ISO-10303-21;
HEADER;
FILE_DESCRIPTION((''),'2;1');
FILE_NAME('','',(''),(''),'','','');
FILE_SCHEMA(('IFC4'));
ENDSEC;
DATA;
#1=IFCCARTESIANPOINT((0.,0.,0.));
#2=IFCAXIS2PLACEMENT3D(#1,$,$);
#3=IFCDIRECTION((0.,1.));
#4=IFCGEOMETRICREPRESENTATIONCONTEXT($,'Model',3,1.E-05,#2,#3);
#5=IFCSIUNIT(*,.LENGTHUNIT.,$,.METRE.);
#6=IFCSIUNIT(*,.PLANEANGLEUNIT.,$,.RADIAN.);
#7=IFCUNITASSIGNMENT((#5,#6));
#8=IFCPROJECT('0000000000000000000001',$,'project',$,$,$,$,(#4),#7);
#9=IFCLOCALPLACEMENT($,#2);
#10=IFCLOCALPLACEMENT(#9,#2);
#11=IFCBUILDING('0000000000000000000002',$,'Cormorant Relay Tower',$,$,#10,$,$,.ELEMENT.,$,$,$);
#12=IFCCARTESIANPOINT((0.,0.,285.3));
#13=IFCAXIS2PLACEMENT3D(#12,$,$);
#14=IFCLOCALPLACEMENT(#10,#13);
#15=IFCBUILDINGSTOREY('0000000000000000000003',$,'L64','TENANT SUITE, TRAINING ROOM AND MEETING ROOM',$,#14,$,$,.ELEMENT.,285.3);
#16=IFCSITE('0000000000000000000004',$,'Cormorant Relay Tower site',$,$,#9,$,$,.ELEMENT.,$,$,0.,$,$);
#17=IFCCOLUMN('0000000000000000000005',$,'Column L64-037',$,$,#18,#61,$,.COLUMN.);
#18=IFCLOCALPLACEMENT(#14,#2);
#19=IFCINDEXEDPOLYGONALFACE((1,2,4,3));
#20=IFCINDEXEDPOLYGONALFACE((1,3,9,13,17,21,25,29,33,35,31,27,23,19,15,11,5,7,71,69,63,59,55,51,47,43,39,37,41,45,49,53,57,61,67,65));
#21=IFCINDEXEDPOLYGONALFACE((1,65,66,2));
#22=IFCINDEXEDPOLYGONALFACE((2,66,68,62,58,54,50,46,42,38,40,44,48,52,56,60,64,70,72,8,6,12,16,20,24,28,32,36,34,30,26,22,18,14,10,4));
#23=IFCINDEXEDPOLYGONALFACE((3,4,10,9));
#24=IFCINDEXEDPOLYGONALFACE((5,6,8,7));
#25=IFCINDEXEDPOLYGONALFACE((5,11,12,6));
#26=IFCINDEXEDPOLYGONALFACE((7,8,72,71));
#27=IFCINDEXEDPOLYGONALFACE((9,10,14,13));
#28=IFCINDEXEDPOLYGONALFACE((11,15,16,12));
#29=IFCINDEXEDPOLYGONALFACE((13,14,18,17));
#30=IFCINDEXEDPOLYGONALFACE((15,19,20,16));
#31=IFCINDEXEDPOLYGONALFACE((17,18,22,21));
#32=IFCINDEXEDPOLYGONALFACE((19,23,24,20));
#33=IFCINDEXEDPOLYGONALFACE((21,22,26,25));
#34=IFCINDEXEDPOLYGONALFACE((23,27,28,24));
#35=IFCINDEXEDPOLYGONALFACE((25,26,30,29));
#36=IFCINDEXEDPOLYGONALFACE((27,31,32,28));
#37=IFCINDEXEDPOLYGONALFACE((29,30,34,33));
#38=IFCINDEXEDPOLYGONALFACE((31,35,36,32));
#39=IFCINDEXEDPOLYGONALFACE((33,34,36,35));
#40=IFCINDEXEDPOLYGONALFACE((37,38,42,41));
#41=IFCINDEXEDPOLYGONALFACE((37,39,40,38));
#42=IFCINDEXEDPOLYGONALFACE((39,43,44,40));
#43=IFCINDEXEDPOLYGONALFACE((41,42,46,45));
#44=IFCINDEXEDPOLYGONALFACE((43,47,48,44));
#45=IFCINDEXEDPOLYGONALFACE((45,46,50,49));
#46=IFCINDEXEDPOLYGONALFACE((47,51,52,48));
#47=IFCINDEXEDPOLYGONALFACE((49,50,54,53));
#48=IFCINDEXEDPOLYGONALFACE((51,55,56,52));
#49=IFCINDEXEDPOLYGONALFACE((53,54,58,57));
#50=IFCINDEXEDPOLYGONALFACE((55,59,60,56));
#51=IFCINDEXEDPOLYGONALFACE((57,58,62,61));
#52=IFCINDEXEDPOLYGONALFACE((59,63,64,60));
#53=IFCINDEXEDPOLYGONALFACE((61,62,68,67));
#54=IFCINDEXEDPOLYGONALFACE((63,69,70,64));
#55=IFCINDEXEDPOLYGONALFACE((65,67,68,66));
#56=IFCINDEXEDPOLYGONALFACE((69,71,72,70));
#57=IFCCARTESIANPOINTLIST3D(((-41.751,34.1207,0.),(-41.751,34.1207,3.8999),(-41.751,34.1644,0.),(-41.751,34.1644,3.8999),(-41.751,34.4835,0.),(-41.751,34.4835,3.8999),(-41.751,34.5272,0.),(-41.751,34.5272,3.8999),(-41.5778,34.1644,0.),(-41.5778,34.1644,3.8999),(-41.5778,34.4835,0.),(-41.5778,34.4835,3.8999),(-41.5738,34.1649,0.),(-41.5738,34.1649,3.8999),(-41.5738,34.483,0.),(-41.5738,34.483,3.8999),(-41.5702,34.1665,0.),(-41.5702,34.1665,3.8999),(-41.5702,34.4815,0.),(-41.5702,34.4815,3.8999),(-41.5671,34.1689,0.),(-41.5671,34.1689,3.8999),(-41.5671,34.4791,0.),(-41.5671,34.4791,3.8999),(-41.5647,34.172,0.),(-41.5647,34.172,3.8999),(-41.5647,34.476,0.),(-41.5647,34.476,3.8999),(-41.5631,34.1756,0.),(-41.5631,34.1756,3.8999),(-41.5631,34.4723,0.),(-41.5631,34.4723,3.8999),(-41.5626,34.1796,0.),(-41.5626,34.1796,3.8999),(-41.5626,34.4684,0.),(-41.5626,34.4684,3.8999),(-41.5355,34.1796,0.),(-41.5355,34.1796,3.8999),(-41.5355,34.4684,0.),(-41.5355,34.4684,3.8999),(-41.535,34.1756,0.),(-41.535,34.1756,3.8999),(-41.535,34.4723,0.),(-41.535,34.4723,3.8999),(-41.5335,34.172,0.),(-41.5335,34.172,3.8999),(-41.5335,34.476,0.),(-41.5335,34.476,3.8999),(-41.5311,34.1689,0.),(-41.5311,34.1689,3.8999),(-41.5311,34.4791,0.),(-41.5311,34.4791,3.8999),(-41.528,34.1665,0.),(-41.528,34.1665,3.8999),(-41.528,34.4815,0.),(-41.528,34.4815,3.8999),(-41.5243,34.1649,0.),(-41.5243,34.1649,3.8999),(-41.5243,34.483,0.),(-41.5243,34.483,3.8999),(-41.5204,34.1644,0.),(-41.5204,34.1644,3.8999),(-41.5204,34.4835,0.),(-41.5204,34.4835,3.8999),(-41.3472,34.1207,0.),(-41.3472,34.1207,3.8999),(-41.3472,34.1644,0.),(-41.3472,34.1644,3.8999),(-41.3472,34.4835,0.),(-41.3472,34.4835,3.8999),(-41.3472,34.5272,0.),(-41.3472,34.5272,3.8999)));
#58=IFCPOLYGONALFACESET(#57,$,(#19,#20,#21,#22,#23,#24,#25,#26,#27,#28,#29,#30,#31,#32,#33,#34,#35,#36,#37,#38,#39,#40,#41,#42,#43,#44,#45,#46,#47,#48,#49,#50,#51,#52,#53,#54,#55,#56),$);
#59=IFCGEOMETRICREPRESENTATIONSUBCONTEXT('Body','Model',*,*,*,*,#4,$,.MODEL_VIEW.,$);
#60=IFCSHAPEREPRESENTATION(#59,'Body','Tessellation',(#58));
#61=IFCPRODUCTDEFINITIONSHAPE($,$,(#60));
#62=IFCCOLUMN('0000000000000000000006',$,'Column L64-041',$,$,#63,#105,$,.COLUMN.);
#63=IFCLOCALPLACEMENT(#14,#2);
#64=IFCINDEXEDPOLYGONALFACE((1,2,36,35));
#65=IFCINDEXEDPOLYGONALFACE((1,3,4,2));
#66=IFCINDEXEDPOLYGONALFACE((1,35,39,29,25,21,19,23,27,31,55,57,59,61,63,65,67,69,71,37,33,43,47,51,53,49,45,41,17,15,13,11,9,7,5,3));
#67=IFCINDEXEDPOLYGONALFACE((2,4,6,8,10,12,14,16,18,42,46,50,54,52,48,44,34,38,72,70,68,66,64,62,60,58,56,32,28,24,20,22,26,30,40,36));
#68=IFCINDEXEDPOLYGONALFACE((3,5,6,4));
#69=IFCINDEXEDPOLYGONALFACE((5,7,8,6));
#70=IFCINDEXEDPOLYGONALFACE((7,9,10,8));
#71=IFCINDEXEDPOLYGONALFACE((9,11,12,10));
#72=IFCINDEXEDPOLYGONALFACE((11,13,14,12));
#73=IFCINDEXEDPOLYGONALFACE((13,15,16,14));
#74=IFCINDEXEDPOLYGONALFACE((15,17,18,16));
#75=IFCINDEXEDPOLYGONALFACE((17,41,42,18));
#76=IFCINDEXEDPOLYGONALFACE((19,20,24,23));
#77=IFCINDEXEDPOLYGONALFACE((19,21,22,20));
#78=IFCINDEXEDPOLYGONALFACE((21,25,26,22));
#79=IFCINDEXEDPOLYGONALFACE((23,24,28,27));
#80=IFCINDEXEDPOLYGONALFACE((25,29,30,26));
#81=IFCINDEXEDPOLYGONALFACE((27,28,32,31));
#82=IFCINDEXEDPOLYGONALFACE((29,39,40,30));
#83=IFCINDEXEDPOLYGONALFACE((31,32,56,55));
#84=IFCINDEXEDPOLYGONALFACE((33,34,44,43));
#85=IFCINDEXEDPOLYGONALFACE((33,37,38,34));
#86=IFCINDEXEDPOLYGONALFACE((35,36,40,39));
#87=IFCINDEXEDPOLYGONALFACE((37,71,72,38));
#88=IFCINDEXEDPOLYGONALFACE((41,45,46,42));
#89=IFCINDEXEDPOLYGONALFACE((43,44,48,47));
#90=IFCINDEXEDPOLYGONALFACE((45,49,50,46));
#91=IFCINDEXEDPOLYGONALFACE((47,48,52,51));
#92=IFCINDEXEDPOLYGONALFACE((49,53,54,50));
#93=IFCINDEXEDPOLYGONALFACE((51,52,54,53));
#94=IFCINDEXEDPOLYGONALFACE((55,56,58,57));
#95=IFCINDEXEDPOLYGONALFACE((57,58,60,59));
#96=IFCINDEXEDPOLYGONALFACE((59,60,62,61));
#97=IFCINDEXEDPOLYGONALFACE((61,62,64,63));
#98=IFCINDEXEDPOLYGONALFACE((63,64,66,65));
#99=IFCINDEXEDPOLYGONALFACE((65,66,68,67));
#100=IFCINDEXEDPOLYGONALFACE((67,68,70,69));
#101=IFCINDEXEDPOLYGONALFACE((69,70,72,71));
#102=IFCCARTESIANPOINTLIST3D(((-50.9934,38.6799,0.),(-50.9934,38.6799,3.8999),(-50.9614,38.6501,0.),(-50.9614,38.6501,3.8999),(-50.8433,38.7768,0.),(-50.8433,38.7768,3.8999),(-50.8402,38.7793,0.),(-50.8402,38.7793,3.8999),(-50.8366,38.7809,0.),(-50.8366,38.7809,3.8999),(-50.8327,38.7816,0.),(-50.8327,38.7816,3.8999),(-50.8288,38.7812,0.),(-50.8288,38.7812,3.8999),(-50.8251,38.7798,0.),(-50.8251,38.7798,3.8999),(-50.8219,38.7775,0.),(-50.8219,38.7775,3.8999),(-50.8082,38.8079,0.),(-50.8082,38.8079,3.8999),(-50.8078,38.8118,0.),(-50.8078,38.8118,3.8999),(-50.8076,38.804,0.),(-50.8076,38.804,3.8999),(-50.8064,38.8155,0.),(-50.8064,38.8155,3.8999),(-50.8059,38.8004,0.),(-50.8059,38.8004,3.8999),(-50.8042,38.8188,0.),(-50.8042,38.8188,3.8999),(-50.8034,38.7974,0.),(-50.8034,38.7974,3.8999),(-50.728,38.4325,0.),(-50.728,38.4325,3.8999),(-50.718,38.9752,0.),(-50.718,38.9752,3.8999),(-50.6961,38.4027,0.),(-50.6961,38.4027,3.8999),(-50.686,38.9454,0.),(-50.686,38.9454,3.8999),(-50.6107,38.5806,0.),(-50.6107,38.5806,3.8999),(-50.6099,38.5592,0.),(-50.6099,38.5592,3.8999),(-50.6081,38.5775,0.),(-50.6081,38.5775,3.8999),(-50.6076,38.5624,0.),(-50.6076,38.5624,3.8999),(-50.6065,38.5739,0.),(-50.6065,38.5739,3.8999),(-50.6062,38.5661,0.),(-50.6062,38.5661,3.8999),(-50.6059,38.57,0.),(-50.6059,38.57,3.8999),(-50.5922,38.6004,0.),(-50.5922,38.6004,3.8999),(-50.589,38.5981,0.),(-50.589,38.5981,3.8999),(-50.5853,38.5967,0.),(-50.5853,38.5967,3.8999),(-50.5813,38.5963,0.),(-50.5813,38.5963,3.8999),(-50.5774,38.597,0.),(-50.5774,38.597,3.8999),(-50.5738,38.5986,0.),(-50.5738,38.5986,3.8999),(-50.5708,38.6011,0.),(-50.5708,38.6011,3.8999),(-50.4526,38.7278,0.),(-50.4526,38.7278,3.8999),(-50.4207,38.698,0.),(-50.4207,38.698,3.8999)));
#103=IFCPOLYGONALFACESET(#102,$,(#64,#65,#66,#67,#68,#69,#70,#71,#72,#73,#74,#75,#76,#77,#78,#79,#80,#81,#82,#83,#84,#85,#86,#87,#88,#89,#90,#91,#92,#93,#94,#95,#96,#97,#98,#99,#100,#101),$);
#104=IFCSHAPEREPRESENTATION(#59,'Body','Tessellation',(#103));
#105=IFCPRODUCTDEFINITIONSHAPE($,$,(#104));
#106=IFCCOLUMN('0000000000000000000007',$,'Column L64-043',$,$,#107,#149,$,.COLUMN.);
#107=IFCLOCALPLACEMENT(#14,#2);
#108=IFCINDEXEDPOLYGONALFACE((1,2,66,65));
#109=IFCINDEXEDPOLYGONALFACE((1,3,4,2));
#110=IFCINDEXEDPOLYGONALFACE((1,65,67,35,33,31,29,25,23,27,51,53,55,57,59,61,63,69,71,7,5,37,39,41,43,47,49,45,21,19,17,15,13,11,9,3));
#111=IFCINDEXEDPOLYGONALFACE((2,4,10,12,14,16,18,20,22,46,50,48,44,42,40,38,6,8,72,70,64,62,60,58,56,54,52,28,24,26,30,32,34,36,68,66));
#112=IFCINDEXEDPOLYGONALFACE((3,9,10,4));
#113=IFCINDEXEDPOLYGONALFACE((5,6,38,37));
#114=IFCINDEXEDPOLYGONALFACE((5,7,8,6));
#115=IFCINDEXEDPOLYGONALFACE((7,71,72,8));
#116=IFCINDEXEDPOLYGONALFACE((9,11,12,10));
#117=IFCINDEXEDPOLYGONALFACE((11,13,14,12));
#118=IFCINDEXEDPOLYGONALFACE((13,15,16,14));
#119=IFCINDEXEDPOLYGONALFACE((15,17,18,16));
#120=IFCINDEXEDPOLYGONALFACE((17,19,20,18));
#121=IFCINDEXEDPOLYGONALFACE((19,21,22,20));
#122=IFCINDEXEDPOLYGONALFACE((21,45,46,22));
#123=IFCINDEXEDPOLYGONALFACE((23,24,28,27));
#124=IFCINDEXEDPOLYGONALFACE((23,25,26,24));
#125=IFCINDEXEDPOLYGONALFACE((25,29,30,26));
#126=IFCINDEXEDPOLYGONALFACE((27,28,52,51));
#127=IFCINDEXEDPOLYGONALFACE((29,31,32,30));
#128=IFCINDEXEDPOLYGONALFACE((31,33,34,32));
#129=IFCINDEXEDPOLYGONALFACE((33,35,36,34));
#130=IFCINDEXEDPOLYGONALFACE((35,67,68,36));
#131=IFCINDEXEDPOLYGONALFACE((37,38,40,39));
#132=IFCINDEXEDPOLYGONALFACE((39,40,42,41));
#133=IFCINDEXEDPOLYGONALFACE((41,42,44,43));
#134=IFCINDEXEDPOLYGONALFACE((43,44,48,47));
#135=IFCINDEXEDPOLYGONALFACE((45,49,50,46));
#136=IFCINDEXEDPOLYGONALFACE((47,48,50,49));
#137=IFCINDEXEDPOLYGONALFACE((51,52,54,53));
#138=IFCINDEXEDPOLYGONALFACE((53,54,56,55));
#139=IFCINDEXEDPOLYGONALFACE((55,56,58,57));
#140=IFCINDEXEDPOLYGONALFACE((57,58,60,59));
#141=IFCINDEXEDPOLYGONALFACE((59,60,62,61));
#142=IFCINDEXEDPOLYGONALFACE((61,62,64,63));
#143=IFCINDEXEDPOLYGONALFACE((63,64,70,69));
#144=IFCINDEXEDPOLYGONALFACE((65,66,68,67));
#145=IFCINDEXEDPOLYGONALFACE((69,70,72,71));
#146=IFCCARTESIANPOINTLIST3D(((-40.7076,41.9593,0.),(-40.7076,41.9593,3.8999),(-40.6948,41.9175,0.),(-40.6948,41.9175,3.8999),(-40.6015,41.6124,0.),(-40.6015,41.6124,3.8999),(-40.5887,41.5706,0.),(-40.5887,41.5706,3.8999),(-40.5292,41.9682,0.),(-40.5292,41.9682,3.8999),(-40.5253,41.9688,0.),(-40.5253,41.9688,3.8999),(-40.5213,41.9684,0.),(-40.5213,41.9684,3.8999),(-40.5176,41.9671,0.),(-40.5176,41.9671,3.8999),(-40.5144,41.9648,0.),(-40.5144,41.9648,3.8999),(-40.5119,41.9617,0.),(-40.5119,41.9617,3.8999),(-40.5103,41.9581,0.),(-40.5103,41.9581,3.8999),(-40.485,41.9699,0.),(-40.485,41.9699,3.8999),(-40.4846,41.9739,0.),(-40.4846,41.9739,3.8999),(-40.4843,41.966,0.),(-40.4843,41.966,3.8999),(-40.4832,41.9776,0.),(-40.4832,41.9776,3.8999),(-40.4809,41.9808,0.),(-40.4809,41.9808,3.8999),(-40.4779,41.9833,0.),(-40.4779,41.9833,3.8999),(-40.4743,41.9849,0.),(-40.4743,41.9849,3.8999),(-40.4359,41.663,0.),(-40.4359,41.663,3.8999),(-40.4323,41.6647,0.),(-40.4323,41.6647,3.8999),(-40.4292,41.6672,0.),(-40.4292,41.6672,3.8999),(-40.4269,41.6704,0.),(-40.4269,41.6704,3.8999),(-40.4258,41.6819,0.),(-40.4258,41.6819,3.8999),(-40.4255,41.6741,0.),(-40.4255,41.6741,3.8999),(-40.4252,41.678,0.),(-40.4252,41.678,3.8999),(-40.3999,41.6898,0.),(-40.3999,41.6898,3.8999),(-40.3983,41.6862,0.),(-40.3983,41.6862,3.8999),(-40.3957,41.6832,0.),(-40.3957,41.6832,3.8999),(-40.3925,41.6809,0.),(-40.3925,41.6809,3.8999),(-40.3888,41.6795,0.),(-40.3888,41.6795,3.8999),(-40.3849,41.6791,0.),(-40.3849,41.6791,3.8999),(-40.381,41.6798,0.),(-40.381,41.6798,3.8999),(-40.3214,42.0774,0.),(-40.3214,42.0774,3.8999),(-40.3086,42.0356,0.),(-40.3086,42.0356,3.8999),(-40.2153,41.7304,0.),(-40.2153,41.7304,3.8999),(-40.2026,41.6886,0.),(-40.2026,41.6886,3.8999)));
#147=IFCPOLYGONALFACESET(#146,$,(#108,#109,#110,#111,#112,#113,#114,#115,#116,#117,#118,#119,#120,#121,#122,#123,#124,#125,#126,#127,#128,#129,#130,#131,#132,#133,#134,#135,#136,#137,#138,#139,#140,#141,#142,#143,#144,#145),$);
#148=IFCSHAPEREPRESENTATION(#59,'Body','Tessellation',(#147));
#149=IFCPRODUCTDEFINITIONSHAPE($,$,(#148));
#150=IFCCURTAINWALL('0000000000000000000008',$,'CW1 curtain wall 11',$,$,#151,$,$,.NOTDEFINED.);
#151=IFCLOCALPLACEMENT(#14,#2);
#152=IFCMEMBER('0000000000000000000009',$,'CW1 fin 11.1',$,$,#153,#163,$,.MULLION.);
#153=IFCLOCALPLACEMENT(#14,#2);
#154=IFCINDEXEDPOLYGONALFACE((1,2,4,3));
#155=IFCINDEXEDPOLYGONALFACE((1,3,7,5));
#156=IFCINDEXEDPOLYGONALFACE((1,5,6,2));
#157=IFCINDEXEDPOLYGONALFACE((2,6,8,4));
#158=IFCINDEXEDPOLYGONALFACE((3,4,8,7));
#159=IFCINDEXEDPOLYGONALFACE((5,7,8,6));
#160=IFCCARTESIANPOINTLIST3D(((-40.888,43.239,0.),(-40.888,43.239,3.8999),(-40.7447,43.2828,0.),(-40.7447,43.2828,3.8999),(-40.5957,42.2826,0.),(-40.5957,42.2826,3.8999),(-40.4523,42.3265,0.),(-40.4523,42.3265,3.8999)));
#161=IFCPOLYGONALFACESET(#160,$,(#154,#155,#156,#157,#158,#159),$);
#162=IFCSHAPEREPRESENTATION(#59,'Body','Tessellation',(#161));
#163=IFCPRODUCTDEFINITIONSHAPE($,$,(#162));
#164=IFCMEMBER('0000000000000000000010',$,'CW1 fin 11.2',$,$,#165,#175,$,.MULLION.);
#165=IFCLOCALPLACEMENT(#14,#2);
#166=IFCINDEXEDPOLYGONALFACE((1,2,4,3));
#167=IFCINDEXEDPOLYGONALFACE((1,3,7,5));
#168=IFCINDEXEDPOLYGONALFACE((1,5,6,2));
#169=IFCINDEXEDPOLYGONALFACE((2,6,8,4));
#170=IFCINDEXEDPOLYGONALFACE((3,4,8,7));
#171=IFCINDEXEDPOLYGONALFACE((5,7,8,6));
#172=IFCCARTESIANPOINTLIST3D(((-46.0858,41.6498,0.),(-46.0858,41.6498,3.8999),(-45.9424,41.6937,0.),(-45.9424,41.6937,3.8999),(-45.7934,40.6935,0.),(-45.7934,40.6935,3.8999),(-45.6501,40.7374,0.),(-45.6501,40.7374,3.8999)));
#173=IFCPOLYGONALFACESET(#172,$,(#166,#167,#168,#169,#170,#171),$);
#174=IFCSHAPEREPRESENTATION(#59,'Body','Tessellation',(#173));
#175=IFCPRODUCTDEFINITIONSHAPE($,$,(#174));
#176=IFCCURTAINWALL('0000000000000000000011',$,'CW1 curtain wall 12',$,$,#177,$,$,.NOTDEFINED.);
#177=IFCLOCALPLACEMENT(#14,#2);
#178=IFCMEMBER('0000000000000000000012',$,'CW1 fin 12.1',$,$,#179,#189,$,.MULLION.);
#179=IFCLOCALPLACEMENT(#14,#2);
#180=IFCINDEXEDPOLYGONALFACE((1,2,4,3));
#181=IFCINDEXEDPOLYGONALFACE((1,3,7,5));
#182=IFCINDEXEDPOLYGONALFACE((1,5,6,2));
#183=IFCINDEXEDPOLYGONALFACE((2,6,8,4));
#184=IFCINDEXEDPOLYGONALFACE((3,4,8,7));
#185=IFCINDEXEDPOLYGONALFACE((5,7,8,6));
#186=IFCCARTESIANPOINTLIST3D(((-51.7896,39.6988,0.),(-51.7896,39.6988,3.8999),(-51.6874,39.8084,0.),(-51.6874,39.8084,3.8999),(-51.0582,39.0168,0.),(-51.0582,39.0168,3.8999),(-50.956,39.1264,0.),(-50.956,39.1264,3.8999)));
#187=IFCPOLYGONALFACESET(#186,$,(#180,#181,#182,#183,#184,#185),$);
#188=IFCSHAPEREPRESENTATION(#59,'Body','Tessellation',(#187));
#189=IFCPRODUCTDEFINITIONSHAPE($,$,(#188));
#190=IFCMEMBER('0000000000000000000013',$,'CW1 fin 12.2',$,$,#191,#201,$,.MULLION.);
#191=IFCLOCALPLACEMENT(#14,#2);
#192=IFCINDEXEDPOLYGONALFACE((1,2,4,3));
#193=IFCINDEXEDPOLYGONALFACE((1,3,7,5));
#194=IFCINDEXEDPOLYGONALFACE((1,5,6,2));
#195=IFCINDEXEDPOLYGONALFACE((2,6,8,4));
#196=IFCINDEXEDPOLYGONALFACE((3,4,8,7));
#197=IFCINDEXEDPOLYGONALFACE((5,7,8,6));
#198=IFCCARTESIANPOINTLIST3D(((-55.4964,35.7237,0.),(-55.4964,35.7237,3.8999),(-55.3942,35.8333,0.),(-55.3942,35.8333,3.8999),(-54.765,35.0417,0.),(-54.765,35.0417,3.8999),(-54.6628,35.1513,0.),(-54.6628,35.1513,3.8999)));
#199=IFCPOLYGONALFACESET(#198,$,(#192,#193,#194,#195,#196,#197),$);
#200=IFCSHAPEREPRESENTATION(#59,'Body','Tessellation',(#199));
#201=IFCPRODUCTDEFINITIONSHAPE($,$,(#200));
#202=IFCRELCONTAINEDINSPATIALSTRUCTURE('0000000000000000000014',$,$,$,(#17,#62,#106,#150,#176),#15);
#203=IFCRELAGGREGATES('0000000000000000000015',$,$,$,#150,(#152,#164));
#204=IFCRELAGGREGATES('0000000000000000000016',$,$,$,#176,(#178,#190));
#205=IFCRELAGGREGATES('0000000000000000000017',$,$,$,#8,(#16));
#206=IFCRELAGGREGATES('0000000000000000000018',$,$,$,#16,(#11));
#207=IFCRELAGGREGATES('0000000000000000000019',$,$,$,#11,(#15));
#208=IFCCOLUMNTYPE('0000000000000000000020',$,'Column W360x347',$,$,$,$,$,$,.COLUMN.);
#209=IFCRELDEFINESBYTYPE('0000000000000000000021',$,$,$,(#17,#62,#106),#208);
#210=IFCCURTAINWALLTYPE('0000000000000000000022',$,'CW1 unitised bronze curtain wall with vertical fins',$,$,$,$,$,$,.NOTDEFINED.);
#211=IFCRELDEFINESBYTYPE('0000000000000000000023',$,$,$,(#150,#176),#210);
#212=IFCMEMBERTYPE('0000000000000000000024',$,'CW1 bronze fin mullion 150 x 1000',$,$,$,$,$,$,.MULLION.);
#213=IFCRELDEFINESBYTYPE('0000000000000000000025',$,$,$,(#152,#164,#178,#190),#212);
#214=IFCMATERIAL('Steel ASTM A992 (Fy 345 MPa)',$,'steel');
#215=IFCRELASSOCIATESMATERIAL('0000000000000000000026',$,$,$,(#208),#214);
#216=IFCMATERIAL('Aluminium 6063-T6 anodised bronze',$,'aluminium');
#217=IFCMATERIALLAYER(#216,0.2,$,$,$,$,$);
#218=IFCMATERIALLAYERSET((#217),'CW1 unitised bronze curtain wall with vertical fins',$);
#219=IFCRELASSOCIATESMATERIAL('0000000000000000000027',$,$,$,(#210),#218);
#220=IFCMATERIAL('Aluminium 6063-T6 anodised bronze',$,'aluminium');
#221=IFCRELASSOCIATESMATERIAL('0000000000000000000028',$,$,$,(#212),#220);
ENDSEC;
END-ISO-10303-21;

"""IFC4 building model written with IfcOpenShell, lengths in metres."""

from ifc_helpers import new_model, si_unit, direction, frame, origin, origin_2d, place, context, subcontext, project, spatial, rectangle, i_section, extrude, material, layer, layer_set, material_profile, profile_set, type_object, element, aggregate, save


model = new_model("IFC4")

# Units and contexts
model_context = context("Model", 3, precision=1e-05, world=origin(), true_north=direction((0.0, 1.0)))
body_context = subcontext(model_context, "Body", "Model", "MODEL_VIEW")
ifc_project = project(units=[si_unit("LENGTHUNIT", "METRE"), si_unit("PLANEANGLEUNIT", "RADIAN")], contexts=[model_context])

# Site, building, storey
site_placement = place(None, origin())
site = spatial("IfcSite", under=ifc_project, at=site_placement, Name="Cormorant Relay Tower site", CompositionType="ELEMENT", RefElevation=0.0)
building_placement = place(site_placement, origin())
building = spatial("IfcBuilding", under=site, at=building_placement, Name="Cormorant Relay Tower", CompositionType="ELEMENT")
storey_placement = place(building_placement, frame((0.0, 0.0, 285.3)))
storey = spatial("IfcBuildingStorey", under=building, at=storey_placement, Name="L64", Description="TENANT SUITE, TRAINING ROOM AND MEETING ROOM", CompositionType="ELEMENT", Elevation=285.3)

# Columns
ifc_material_1 = material(Name="Steel ASTM A992 (Fy 345 MPa)", Category="steel")
ifc_material_profile_1 = material_profile(ifc_material_1, i_section(OverallWidth=0.4038, OverallDepth=0.4065, WebThickness=0.0271, FlangeThickness=0.0437, FilletRadius=0.0151, at=origin_2d()), Name="W360x347")
ifc_profile_set_1 = profile_set([ifc_material_profile_1], Name="Steel ASTM A992 (Fy 345 MPa)")
column_type = type_object("IfcColumnType", Name="Column W360x347", PredefinedType="COLUMN", material=ifc_profile_set_1)
for number, where, z_axis, x_axis, name in (
    (1, (-41.5491, 34.324, 0.0), (0.0, 0.0, 1.0), (1.0, 0.0, 0.0), "Column L64-037"),
    (2, (-50.707, 38.689, 0.0), (0.0, 0.0, 1.0), (-0.681998, -0.731354, 0.0), "Column L64-041"),
    (3, (-40.4551, 41.824, 0.0), (0.0, 0.0, 1.0), (-0.956305, -0.292372, 0.0), "Column L64-043"),
):
    element("IfcColumn", number, at=place(storey_placement, frame(where, z_axis=z_axis, x_axis=x_axis)), inside=storey, type_object=column_type, Name=name, PredefinedType="COLUMN", context=body_context, shape_type="SweptSolid", body=[
        extrude(i_section(OverallWidth=0.4038, OverallDepth=0.4065, WebThickness=0.0271, FlangeThickness=0.0437, FilletRadius=0.0151, at=origin_2d()), origin(), (0.0, 0.0, 1.0), 3.8999),
    ])

# Curtain walls, members
ifc_material_2 = material(Name="Aluminium 6063-T6 anodised bronze", Category="aluminium")
ifc_layer_1 = layer(ifc_material_2, 0.2)
ifc_layer_set_1 = layer_set([ifc_layer_1], Name="CW1 unitised bronze curtain wall with vertical fins")
curtain_wall_type = type_object("IfcCurtainWallType", Name="CW1 unitised bronze curtain wall with vertical fins", PredefinedType="NOTDEFINED", material=ifc_layer_set_1)
curtain_wall_1_placement = place(storey_placement, origin())
curtain_wall_1 = element("IfcCurtainWall", 4, at=curtain_wall_1_placement, inside=storey, type_object=curtain_wall_type, Name="CW1 curtain wall 11", PredefinedType="NOTDEFINED")
ifc_material_3 = material(Name="Aluminium 6063-T6 anodised bronze", Category="aluminium")
ifc_material_profile_2 = material_profile(ifc_material_3, rectangle(XDim=0.1499, YDim=1.0, at=origin_2d()), Name="AL 150x1000")
ifc_profile_set_2 = profile_set([ifc_material_profile_2], Name="Aluminium 6063-T6 anodised bronze")
member_type_1 = type_object("IfcMemberType", Name="CW1 bronze fin mullion 150 x 1000", PredefinedType="MULLION", material=ifc_profile_set_2)
member_1_placement = place(storey_placement, frame((-40.6702, 42.7827, 0.0), z_axis=(0.0, 0.0, 1.0), x_axis=(-0.956305, -0.292372, 0.0)))
member_1 = element("IfcMember", 5, at=member_1_placement, type_object=member_type_1, Name="CW1 fin 11.1", PredefinedType="MULLION", context=body_context, shape_type="SweptSolid", body=[
    extrude(rectangle(XDim=0.1499, YDim=1.0, at=origin_2d()), origin(), (0.0, 0.0, 1.0), 3.8999),
])
member_2_placement = place(storey_placement, frame((-45.8679, 41.1936, 0.0), z_axis=(0.0, 0.0, 1.0), x_axis=(-0.956305, -0.292372, 0.0)))
member_2 = element("IfcMember", 6, at=member_2_placement, type_object=member_type_1, Name="CW1 fin 11.2", PredefinedType="MULLION", context=body_context, shape_type="SweptSolid", body=[
    extrude(rectangle(XDim=0.1499, YDim=1.0, at=origin_2d()), origin(), (0.0, 0.0, 1.0), 3.8999),
])
curtain_wall_2_placement = place(storey_placement, origin())
curtain_wall_2 = element("IfcCurtainWall", 7, at=curtain_wall_2_placement, inside=storey, type_object=curtain_wall_type, Name="CW1 curtain wall 12", PredefinedType="NOTDEFINED")
member_3_placement = place(storey_placement, frame((-51.3728, 39.4126, 0.0), z_axis=(0.0, 0.0, 1.0), x_axis=(-0.681998, -0.731354, 0.0)))
member_3 = element("IfcMember", 8, at=member_3_placement, type_object=member_type_1, Name="CW1 fin 12.1", PredefinedType="MULLION", context=body_context, shape_type="SweptSolid", body=[
    extrude(rectangle(XDim=0.1499, YDim=1.0, at=origin_2d()), origin(), (0.0, 0.0, 1.0), 3.8999),
])
member_4_placement = place(storey_placement, frame((-55.0796, 35.4375, 0.0), z_axis=(0.0, 0.0, 1.0), x_axis=(-0.681998, -0.731354, 0.0)))
member_4 = element("IfcMember", 9, at=member_4_placement, type_object=member_type_1, Name="CW1 fin 12.2", PredefinedType="MULLION", context=body_context, shape_type="SweptSolid", body=[
    extrude(rectangle(XDim=0.1499, YDim=1.0, at=origin_2d()), origin(), (0.0, 0.0, 1.0), 3.8999),
])

aggregate(curtain_wall_1, [member_1, member_2])
aggregate(curtain_wall_2, [member_3, member_4])

save(model, "model.ifc")
